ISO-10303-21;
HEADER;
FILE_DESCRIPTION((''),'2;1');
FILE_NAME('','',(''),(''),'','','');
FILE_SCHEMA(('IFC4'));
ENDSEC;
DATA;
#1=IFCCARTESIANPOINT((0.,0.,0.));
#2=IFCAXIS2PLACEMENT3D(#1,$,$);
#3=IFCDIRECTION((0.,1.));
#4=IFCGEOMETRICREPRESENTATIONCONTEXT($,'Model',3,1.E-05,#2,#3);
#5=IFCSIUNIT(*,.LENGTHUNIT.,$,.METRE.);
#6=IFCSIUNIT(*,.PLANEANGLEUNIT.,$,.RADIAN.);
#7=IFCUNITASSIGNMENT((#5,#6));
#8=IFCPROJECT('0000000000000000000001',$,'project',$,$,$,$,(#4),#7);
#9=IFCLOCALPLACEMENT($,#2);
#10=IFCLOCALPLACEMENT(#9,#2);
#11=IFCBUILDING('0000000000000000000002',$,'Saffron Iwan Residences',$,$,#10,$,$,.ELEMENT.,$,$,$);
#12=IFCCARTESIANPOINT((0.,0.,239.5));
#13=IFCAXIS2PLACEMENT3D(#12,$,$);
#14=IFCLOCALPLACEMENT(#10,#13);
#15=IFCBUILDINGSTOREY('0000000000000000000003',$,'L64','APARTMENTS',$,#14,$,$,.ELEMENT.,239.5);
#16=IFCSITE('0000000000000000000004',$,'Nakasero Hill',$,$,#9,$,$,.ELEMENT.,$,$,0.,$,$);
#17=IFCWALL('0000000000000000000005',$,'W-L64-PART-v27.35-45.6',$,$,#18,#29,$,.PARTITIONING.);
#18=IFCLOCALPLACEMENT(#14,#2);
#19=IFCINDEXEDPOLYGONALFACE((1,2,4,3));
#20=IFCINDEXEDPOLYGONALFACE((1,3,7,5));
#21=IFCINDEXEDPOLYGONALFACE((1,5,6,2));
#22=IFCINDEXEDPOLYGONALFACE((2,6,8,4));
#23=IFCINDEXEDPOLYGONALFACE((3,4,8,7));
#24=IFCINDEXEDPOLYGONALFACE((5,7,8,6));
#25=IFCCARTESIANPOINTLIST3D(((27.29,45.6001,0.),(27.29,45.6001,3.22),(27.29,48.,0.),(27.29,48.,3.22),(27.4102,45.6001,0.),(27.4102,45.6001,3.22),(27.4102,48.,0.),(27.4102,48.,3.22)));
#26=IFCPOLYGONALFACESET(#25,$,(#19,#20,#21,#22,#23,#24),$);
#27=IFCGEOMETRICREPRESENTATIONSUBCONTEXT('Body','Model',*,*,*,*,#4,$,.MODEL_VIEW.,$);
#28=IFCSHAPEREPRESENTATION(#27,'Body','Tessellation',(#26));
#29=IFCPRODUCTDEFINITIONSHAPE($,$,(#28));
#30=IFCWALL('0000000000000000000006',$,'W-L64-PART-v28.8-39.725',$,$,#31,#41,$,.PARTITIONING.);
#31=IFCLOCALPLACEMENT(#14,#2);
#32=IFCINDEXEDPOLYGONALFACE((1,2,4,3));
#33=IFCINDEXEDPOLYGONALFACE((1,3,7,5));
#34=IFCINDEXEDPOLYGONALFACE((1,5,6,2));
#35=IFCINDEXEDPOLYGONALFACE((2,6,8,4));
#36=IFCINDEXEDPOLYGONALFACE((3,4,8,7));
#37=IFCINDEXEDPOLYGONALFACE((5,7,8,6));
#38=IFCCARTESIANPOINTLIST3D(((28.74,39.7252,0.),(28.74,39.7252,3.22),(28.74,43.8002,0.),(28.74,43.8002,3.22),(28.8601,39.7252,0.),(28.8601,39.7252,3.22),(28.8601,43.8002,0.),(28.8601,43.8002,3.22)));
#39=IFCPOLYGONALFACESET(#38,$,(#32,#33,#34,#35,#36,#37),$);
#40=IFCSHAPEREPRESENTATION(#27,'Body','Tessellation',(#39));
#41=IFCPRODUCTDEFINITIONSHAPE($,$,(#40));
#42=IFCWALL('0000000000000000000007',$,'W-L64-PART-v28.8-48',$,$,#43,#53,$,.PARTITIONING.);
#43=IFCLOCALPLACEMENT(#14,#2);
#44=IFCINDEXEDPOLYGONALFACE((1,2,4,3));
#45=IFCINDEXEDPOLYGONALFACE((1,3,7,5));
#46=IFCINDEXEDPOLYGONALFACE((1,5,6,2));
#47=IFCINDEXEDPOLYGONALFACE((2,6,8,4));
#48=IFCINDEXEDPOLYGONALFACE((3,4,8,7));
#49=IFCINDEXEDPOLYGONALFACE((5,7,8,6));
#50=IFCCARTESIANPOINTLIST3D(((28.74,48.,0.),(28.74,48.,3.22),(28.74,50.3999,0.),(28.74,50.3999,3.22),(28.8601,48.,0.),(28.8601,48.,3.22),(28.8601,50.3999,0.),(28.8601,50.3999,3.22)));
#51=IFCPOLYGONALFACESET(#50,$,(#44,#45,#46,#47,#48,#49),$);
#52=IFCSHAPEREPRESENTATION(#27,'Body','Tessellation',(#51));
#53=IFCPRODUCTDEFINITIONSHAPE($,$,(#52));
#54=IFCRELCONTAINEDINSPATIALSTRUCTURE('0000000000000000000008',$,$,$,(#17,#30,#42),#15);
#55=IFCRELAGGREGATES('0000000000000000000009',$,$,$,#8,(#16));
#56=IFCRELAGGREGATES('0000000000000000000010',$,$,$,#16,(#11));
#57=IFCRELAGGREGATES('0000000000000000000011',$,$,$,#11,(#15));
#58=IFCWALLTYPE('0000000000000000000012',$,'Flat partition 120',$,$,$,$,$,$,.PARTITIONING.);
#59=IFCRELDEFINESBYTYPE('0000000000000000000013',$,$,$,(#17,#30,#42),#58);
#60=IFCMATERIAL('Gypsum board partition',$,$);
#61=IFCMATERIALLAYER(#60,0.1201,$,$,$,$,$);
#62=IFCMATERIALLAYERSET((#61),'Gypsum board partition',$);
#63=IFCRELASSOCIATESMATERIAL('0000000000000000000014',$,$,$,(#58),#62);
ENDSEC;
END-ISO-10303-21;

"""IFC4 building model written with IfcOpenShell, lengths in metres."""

from ifc_helpers import new_model, si_unit, direction, frame, frame_2d, origin, place, context, subcontext, project, spatial, rectangle, extrude, material, layer, layer_set, type_object, element, save


model = new_model("IFC4")

# Units and contexts
model_context = context("Model", 3, precision=1e-05, world=origin(), true_north=direction((0.0, 1.0)))
body_context = subcontext(model_context, "Body", "Model", "MODEL_VIEW")
ifc_project = project(units=[si_unit("LENGTHUNIT", "METRE"), si_unit("PLANEANGLEUNIT", "RADIAN")], contexts=[model_context])

# Site, building, storey
site_placement = place(None, origin())
site = spatial("IfcSite", under=ifc_project, at=site_placement, Name="Nakasero Hill", CompositionType="ELEMENT", RefElevation=0.0)
building_placement = place(site_placement, origin())
building = spatial("IfcBuilding", under=site, at=building_placement, Name="Saffron Iwan Residences", CompositionType="ELEMENT")
storey_placement = place(building_placement, frame((0.0, 0.0, 239.5)))
storey = spatial("IfcBuildingStorey", under=building, at=storey_placement, Name="L64", Description="APARTMENTS", CompositionType="ELEMENT", Elevation=239.5)

# Shared definitions
ifc_material_1 = material(Name="Gypsum board partition")
ifc_layer_1 = layer(ifc_material_1, 0.1201)
ifc_layer_set_1 = layer_set([ifc_layer_1], Name="Gypsum board partition")
wall_type_1 = type_object("IfcWallType", Name="Flat partition 120", PredefinedType="PARTITIONING", material=ifc_layer_set_1)

# Walls
for number, where, z_axis, x_axis, name in (
    (1, (27.3501, 45.6001, 0.0), (0.0, 0.0, 1.0), (0.0, 1.0, 0.0), "W-L64-PART-v27.35-45.6"),
):
    element("IfcWall", number, at=place(storey_placement, frame(where, z_axis=z_axis, x_axis=x_axis)), inside=storey, type_object=wall_type_1, Name=name, PredefinedType="PARTITIONING", context=body_context, shape_type="SweptSolid", body=[
        extrude(rectangle(XDim=2.3999, YDim=0.1201, at=frame_2d((1.2, 0.0))), origin(), (0.0, 0.0, 1.0), 3.22),
    ])
wall_1_placement = place(storey_placement, frame((28.8, 39.7251, 0.0), z_axis=(0.0, 0.0, 1.0), x_axis=(0.0, 1.0, 0.0)))
element("IfcWall", 2, at=wall_1_placement, inside=storey, type_object=wall_type_1, Name="W-L64-PART-v28.8-39.725", PredefinedType="PARTITIONING", context=body_context, shape_type="SweptSolid", body=[
    extrude(rectangle(XDim=4.075, YDim=0.1201, at=frame_2d((2.0376, 0.0))), origin(), (0.0, 0.0, 1.0), 3.22),
])
wall_2_placement = place(storey_placement, frame((28.8, 48.0, 0.0), z_axis=(0.0, 0.0, 1.0), x_axis=(0.0, 1.0, 0.0)))
element("IfcWall", 3, at=wall_2_placement, inside=storey, type_object=wall_type_1, Name="W-L64-PART-v28.8-48", PredefinedType="PARTITIONING", context=body_context, shape_type="SweptSolid", body=[
    extrude(rectangle(XDim=2.3999, YDim=0.1201, at=frame_2d((1.2, 0.0))), origin(), (0.0, 0.0, 1.0), 3.22),
])

save(model, "model.ifc")
